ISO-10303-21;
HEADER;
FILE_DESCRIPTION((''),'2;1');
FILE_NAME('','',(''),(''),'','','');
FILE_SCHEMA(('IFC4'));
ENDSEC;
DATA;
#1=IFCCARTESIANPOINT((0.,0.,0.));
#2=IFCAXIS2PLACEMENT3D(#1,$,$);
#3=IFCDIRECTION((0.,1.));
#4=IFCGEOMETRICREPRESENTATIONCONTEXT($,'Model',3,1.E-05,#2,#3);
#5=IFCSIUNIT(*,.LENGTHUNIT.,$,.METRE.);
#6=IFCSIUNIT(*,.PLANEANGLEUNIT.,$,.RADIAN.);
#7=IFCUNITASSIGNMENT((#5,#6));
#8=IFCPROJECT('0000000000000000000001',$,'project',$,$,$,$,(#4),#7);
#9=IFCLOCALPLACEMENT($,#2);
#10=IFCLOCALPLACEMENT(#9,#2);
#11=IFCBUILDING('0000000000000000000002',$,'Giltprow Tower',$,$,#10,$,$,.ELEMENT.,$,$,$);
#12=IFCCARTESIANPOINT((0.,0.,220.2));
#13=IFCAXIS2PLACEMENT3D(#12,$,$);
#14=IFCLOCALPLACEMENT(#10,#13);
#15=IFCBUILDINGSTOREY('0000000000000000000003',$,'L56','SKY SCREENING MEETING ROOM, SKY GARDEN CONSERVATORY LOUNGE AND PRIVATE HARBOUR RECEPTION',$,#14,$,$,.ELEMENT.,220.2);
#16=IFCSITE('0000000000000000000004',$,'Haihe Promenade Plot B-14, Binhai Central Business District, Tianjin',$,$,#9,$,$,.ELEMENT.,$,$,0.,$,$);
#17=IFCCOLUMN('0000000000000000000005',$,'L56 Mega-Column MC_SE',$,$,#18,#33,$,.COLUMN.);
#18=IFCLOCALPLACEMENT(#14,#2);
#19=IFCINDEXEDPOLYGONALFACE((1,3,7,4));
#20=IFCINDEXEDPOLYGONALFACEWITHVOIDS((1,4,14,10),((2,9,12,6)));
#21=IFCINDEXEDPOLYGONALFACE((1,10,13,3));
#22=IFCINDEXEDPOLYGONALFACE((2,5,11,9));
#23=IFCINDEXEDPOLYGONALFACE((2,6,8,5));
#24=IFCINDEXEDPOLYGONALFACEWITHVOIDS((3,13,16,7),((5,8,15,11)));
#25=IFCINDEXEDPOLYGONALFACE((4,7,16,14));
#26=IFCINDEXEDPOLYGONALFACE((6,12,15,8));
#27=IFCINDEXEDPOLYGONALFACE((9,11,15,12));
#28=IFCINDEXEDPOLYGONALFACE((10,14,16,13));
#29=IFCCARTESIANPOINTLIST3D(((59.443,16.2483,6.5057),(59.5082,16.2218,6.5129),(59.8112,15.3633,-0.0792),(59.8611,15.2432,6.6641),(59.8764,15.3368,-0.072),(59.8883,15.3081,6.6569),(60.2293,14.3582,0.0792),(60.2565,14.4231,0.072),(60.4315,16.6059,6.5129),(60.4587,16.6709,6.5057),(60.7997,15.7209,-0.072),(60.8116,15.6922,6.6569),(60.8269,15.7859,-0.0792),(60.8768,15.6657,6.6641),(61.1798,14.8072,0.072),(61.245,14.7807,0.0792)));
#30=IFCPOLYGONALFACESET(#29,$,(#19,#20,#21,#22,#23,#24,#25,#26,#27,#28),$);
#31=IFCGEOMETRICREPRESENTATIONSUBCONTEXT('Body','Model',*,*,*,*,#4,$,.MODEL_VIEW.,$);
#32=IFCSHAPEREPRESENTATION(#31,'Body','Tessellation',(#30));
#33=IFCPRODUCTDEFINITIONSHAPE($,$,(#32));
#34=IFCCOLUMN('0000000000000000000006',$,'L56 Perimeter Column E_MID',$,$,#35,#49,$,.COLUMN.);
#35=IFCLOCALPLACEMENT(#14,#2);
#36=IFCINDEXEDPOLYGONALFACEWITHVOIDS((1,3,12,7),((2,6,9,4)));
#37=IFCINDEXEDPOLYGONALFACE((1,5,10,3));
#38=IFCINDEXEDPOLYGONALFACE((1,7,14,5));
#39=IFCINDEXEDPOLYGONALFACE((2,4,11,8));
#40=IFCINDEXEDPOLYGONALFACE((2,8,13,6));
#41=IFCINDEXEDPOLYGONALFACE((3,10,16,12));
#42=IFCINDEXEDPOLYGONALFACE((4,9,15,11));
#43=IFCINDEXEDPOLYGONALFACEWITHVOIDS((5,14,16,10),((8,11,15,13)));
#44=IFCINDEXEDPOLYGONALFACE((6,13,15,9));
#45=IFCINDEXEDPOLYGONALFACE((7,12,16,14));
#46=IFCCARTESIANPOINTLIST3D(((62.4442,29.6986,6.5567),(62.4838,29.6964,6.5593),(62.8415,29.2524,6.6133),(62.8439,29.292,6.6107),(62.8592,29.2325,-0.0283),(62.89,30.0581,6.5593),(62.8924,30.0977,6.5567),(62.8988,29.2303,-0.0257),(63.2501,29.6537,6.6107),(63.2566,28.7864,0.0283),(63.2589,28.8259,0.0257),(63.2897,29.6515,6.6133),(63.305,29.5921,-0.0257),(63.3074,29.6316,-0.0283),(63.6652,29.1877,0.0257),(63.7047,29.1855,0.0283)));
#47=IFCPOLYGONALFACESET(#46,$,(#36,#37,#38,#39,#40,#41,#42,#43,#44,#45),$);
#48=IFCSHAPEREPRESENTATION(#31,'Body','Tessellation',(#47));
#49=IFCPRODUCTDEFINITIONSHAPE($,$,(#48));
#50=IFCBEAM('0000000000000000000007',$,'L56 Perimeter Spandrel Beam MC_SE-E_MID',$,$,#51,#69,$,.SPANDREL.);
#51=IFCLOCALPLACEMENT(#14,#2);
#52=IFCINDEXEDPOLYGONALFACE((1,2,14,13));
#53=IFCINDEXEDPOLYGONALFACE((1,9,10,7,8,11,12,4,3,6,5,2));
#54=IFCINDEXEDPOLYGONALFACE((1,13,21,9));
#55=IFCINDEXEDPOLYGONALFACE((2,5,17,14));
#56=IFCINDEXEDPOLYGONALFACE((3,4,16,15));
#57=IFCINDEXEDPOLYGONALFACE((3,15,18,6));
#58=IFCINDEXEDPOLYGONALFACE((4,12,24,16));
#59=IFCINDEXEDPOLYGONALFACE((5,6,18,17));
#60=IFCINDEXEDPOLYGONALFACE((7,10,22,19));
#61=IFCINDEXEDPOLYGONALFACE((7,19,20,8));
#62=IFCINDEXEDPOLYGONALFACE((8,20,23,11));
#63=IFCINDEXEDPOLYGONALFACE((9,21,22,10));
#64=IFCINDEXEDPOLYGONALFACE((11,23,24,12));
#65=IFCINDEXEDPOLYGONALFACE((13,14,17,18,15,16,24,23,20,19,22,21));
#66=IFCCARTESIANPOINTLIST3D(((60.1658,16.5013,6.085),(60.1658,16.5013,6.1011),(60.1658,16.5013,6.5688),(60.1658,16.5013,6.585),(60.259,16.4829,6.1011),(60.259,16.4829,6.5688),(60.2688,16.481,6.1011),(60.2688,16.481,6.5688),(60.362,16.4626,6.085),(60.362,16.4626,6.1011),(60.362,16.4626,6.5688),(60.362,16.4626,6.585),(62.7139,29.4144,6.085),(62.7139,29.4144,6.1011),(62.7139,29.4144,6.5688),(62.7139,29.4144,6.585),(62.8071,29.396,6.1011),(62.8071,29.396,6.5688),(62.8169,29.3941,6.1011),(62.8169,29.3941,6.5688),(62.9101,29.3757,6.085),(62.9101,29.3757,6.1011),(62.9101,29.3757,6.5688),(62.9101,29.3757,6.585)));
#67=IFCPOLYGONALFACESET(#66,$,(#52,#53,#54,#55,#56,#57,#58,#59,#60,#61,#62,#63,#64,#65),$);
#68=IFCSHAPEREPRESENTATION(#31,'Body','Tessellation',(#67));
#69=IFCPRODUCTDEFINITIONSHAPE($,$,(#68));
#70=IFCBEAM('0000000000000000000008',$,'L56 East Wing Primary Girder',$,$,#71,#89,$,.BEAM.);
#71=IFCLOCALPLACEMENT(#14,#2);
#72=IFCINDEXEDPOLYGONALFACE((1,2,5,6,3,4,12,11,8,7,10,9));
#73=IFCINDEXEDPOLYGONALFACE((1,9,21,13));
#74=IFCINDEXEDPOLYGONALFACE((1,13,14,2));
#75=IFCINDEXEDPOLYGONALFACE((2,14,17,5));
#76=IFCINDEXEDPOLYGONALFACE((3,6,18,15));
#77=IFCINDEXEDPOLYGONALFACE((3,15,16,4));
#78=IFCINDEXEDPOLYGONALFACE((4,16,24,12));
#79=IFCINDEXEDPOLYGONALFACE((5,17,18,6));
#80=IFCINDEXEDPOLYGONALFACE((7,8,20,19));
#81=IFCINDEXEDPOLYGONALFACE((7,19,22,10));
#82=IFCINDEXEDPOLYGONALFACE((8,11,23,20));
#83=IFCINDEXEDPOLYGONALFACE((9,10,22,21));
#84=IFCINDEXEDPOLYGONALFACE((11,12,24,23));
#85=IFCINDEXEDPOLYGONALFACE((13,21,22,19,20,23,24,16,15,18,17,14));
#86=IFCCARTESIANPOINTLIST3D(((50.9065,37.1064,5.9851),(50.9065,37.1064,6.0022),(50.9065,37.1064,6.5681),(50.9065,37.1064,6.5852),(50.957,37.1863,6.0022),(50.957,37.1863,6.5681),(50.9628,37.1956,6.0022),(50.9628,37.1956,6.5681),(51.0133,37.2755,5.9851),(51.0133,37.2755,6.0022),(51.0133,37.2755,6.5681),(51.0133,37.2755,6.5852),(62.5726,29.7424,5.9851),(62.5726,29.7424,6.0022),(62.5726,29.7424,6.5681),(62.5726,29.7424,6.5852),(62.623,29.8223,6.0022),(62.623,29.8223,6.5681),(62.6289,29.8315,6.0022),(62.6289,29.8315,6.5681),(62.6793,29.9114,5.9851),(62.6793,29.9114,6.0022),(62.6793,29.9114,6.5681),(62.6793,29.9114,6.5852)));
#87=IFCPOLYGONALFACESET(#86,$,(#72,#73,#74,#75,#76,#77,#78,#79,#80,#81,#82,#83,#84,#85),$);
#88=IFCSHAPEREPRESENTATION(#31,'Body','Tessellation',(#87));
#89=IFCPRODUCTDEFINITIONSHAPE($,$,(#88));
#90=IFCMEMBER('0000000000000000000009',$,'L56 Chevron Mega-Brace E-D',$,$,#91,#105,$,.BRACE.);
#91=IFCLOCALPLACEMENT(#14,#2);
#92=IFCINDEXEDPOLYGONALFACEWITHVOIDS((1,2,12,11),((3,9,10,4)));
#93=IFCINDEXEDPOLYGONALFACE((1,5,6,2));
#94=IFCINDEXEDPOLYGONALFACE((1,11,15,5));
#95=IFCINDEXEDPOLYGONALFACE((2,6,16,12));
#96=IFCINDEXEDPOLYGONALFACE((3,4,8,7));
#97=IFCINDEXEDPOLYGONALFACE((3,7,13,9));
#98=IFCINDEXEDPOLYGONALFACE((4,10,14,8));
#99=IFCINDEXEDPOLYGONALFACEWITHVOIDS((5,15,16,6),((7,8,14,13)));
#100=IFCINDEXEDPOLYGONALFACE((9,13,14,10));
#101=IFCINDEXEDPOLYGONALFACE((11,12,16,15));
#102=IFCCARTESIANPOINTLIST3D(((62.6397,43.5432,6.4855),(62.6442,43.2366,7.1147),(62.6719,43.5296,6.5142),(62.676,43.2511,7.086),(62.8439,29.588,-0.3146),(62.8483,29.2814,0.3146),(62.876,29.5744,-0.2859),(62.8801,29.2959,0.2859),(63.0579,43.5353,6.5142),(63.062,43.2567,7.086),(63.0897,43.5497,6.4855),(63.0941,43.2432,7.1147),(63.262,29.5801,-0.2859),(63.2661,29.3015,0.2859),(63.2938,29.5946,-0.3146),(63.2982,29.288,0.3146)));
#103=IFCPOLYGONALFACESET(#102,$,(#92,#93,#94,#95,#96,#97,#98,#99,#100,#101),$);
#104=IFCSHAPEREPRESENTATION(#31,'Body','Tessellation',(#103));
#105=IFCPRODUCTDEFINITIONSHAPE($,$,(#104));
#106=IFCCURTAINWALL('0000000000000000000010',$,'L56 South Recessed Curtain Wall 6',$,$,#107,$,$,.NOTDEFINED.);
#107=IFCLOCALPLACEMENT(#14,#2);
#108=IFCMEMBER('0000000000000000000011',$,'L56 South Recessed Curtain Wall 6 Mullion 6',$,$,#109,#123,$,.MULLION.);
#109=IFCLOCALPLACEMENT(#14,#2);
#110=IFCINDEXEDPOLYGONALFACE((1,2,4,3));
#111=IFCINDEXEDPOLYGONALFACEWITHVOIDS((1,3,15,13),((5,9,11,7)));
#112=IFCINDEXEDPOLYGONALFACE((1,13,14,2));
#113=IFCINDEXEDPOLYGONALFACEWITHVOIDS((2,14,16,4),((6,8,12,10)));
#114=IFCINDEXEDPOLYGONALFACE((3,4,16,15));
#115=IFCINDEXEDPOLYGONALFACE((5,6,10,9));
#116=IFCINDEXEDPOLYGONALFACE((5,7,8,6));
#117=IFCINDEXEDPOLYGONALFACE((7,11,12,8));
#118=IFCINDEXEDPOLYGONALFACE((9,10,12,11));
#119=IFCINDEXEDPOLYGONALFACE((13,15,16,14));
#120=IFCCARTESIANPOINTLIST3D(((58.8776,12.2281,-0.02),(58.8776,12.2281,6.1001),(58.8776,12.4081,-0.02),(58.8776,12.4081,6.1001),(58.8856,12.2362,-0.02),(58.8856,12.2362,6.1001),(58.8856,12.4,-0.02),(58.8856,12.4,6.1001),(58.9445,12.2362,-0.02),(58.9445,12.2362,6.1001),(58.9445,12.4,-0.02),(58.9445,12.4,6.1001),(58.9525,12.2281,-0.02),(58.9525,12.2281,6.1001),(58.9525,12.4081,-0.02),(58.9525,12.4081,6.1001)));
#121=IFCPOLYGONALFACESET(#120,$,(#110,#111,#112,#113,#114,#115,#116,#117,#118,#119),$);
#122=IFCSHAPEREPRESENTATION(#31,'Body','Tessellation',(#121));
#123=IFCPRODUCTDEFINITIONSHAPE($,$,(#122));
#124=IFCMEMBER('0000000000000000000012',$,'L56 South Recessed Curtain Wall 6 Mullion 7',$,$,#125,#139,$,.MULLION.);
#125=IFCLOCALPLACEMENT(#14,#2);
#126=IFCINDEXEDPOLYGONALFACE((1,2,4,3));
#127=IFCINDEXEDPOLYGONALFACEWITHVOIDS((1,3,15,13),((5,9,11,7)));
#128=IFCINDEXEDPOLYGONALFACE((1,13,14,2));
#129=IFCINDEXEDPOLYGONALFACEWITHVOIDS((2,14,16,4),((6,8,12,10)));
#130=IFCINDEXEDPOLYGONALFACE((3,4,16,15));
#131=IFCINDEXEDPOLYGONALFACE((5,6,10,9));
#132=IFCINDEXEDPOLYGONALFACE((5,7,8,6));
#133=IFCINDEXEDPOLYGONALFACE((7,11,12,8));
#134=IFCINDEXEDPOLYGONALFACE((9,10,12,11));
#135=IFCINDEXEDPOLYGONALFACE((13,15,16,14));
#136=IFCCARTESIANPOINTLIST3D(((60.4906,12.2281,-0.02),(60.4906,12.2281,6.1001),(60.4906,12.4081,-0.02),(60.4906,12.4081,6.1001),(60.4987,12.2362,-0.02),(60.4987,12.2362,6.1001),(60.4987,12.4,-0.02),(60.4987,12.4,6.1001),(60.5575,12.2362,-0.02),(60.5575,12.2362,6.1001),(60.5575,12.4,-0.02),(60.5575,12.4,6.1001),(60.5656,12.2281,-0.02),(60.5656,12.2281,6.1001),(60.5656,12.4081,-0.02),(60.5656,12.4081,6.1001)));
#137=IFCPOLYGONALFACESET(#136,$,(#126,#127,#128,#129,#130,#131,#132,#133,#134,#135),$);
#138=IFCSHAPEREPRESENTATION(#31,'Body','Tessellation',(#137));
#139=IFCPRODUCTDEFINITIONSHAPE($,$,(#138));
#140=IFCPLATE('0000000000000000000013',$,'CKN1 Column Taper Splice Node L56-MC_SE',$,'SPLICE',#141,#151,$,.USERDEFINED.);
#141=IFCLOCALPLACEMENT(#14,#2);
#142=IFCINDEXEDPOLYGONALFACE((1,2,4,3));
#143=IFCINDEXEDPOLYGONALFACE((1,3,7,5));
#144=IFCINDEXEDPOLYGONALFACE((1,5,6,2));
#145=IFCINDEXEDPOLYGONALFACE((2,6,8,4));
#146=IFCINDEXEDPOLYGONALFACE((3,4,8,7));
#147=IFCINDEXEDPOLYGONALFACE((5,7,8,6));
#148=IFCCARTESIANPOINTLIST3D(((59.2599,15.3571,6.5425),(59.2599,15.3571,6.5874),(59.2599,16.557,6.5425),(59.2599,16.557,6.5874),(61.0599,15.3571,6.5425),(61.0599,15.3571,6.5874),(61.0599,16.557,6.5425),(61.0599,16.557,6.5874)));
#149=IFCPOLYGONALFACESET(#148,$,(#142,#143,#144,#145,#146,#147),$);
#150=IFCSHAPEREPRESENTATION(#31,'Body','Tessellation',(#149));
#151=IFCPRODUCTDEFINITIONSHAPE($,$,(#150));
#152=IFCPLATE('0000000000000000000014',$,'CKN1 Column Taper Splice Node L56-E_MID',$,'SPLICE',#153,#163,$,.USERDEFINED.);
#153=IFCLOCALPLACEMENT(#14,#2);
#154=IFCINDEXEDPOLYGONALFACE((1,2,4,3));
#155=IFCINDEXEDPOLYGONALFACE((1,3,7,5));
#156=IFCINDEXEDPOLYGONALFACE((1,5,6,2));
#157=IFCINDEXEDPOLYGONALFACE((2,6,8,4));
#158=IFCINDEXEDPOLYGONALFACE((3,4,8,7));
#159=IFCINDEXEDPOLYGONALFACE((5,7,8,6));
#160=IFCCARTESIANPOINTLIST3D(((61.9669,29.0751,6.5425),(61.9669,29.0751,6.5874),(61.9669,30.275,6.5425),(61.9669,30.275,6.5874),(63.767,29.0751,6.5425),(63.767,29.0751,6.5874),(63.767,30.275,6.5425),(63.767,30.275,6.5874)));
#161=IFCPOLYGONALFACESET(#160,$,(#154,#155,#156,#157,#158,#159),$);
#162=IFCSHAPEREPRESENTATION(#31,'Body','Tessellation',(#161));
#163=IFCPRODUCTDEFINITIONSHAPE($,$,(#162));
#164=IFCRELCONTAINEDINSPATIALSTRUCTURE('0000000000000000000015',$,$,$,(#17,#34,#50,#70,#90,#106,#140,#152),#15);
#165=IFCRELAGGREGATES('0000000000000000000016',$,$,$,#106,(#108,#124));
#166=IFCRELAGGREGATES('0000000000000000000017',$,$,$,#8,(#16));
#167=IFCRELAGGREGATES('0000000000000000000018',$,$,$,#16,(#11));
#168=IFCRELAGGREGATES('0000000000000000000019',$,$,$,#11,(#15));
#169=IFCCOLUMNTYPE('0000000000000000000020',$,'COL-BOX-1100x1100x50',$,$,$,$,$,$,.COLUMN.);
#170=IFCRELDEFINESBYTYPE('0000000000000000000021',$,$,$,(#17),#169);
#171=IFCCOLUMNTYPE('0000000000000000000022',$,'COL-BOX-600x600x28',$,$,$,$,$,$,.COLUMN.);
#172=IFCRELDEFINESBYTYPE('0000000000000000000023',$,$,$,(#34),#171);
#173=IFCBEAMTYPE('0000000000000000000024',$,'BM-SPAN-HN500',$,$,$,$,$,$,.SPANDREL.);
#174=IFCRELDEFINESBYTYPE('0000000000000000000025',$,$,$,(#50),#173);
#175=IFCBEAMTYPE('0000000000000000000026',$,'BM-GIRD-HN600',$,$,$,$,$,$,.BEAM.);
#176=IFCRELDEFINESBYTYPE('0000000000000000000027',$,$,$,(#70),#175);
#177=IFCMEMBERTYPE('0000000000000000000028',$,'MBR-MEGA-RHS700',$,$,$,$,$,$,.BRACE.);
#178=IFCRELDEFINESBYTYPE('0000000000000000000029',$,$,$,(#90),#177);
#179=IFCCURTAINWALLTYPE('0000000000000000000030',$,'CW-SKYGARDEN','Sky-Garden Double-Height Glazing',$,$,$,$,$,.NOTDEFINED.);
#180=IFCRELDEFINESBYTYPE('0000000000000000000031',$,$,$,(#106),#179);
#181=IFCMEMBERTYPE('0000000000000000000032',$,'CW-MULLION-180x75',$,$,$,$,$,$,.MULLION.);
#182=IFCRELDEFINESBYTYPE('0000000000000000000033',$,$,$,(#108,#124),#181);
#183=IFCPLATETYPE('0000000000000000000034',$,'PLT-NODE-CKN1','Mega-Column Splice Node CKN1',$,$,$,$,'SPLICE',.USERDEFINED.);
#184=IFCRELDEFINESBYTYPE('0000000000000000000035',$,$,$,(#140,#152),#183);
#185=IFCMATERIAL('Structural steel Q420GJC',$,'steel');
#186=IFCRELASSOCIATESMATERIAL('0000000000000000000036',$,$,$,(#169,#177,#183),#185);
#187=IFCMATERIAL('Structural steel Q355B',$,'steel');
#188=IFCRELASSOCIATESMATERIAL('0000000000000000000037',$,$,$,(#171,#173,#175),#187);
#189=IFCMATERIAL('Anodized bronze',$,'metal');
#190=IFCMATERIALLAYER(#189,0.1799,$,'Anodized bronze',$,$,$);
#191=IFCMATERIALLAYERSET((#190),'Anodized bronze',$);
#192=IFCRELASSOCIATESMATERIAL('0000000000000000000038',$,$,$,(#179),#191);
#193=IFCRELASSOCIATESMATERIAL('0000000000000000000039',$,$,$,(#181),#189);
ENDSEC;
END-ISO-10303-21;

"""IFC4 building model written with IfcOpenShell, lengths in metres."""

from ifc_helpers import new_model, si_unit, direction, frame, origin, origin_2d, place, context, subcontext, project, spatial, rectangle, hollow_rectangle, i_section, extrude, source, transform, mapped, material, layer, layer_set, material_profile, profile_set, type_object, element, aggregate, save


model = new_model("IFC4")

# Units and contexts
model_context = context("Model", 3, precision=1e-05, world=origin(), true_north=direction((0.0, 1.0)))
body_context = subcontext(model_context, "Body", "Model", "MODEL_VIEW")
ifc_project = project(units=[si_unit("LENGTHUNIT", "METRE"), si_unit("PLANEANGLEUNIT", "RADIAN")], contexts=[model_context])

# Site, building, storey
site_placement = place(None, origin())
site = spatial("IfcSite", under=ifc_project, at=site_placement, Name="Haihe Promenade Plot B-14, Binhai Central Business District, Tianjin", CompositionType="ELEMENT", RefElevation=0.0)
building_placement = place(site_placement, origin())
building = spatial("IfcBuilding", under=site, at=building_placement, Name="Giltprow Tower", CompositionType="ELEMENT")
storey_placement = place(building_placement, frame((0.0, 0.0, 220.2)))
storey = spatial("IfcBuildingStorey", under=building, at=storey_placement, Name="L56", Description="SKY SCREENING MEETING ROOM, SKY GARDEN CONSERVATORY LOUNGE AND PRIVATE HARBOUR RECEPTION", CompositionType="ELEMENT", Elevation=220.2)

# Columns
ifc_material_1 = material(Name="Structural steel Q420GJC", Category="steel")
ifc_material_profile_1 = material_profile(ifc_material_1, hollow_rectangle(XDim=1.1001, YDim=1.1001, WallThickness=0.05, at=origin_2d()), Name="BOX 1100x1100x50")
ifc_profile_set_1 = profile_set([ifc_material_profile_1], Name="Structural steel Q420GJC")
column_type_1 = type_object("IfcColumnType", Name="COL-BOX-1100x1100x50", PredefinedType="COLUMN", material=ifc_profile_set_1)
shared_shape_1 = source(origin(), body_context, "Body", "SweptSolid", [
    extrude(hollow_rectangle(XDim=1.1001, YDim=1.1001, WallThickness=0.05, at=origin_2d()), origin(), (0.0, 0.0, 1.0), 6.6543),
])
column_1_placement = place(storey_placement, frame((60.5281, 15.072, 0.0), z_axis=(-0.055327, 0.132997, 0.989571), x_axis=(-0.923295, -0.384091, 0.0)))
element("IfcColumn", 1, at=column_1_placement, inside=storey, type_object=column_type_1, Name="L56 Mega-Column MC_SE", PredefinedType="COLUMN", context=body_context, shape_type="MappedRepresentation", body=[
    mapped(shared_shape_1, transform((0.0, 0.0, 0.0), x_axis=(1.0, 0.0, 0.0), y_axis=(0.0, 1.0, 0.0), z_axis=(0.0, 0.0, 1.0), scale=1.0)),
])
ifc_material_2 = material(Name="Structural steel Q355B", Category="steel")
ifc_material_profile_2 = material_profile(ifc_material_2, hollow_rectangle(XDim=0.6001, YDim=0.6001, WallThickness=0.0281, at=origin_2d()), Name="BOX 600x600x28")
ifc_profile_set_2 = profile_set([ifc_material_profile_2], Name="Structural steel Q355B")
column_type_2 = type_object("IfcColumnType", Name="COL-BOX-600x600x28", PredefinedType="COLUMN", material=ifc_profile_set_2)
shared_shape_2 = source(origin(), body_context, "Body", "SweptSolid", [
    extrude(hollow_rectangle(XDim=0.6001, YDim=0.6001, WallThickness=0.0281, at=origin_2d()), origin(), (0.0, 0.0, 1.0), 6.6145),
])
column_2_placement = place(storey_placement, frame((63.282, 29.209, 0.0), z_axis=(-0.062747, 0.070461, 0.995539), x_axis=(-0.746805, -0.665043, 0.0)))
element("IfcColumn", 2, at=column_2_placement, inside=storey, type_object=column_type_2, Name="L56 Perimeter Column E_MID", PredefinedType="COLUMN", context=body_context, shape_type="MappedRepresentation", body=[
    mapped(shared_shape_2, transform((0.0, 0.0, 0.0), x_axis=(1.0, 0.0, 0.0), y_axis=(0.0, 1.0, 0.0), z_axis=(0.0, 0.0, 1.0), scale=1.0)),
])

# Beams
ifc_material_profile_3 = material_profile(ifc_material_2, i_section(OverallWidth=0.2, OverallDepth=0.5, WebThickness=0.01, FlangeThickness=0.0161, at=origin_2d()), Name="HN 500x200x10x16")
ifc_profile_set_3 = profile_set([ifc_material_profile_3], Name="Structural steel Q355B")
beam_type_1 = type_object("IfcBeamType", Name="BM-SPAN-HN500", PredefinedType="SPANDREL", material=ifc_profile_set_3)
shared_shape_3 = source(origin(), body_context, "Body", "SweptSolid", [
    extrude(i_section(OverallWidth=0.2, OverallDepth=0.5, WebThickness=0.01, FlangeThickness=0.0161, at=origin_2d()), origin(), (0.0, 0.0, 1.0), 13.1621),
])
beam_1_placement = place(storey_placement, frame((60.2639, 16.4819, 6.335), z_axis=(0.193594, 0.981082, 0.0), x_axis=(-0.981082, 0.193594, 0.0)))
element("IfcBeam", 3, at=beam_1_placement, inside=storey, type_object=beam_type_1, Name="L56 Perimeter Spandrel Beam MC_SE-E_MID", PredefinedType="SPANDREL", context=body_context, shape_type="MappedRepresentation", body=[
    mapped(shared_shape_3, transform((0.0, 0.0, 0.0), x_axis=(1.0, 0.0, 0.0), y_axis=(0.0, 1.0, 0.0), z_axis=(0.0, 0.0, 1.0), scale=1.0)),
])
ifc_material_profile_4 = material_profile(ifc_material_2, i_section(OverallWidth=0.2, OverallDepth=0.6001, WebThickness=0.011, FlangeThickness=0.0171, at=origin_2d()), Name="HN 600x200x11x17")
ifc_profile_set_4 = profile_set([ifc_material_profile_4], Name="Structural steel Q355B")
beam_type_2 = type_object("IfcBeamType", Name="BM-GIRD-HN600", PredefinedType="BEAM", material=ifc_profile_set_4)
shared_shape_4 = source(origin(), body_context, "Body", "SweptSolid", [
    extrude(i_section(OverallWidth=0.2, OverallDepth=0.6001, WebThickness=0.011, FlangeThickness=0.0171, at=origin_2d()), origin(), (0.0, 0.0, 1.0), 13.7959),
])
beam_2_placement = place(storey_placement, frame((62.626, 29.8269, 6.2852), z_axis=(-0.84562, 0.533786, 0.0), x_axis=(-0.533786, -0.84562, 0.0)))
element("IfcBeam", 4, at=beam_2_placement, inside=storey, type_object=beam_type_2, Name="L56 East Wing Primary Girder", PredefinedType="BEAM", context=body_context, shape_type="MappedRepresentation", body=[
    mapped(shared_shape_4, transform((0.0, 0.0, 0.0), x_axis=(1.0, 0.0, 0.0), y_axis=(0.0, 1.0, 0.0), z_axis=(0.0, 0.0, 1.0), scale=1.0)),
])

# Member
ifc_material_profile_5 = material_profile(ifc_material_1, hollow_rectangle(XDim=0.45, YDim=0.7, WallThickness=0.032, at=origin_2d()), Name="RHS 700x450x32")
ifc_profile_set_5 = profile_set([ifc_material_profile_5], Name="Structural steel Q420GJC")
member_type_1 = type_object("IfcMemberType", Name="MBR-MEGA-RHS700", PredefinedType="BRACE", material=ifc_profile_set_5)
shared_shape_5 = source(origin(), body_context, "Body", "SweptSolid", [
    extrude(hollow_rectangle(XDim=0.45, YDim=0.7, WallThickness=0.032, at=origin_2d()), origin(), (0.0, 0.0, 1.0), 15.5251),
])
member_1_placement = place(storey_placement, frame((63.071, 29.438, 0.0), z_axis=(-0.013147, 0.898876, 0.438006), x_axis=(-0.999893, -0.014624, 0.0)))
element("IfcMember", 5, at=member_1_placement, inside=storey, type_object=member_type_1, Name="L56 Chevron Mega-Brace E-D", PredefinedType="BRACE", context=body_context, shape_type="MappedRepresentation", body=[
    mapped(shared_shape_5, transform((0.0, 0.0, 0.0), x_axis=(1.0, 0.0, 0.0), y_axis=(0.0, 1.0, 0.0), z_axis=(0.0, 0.0, 1.0), scale=1.0)),
])

# Curtain wall, members
ifc_material_3 = material(Name="Anodized bronze", Category="metal")
ifc_layer_1 = layer(ifc_material_3, 0.1799, Name="Anodized bronze")
ifc_layer_set_1 = layer_set([ifc_layer_1], Name="Anodized bronze")
curtain_wall_type = type_object("IfcCurtainWallType", Name="CW-SKYGARDEN", Description="Sky-Garden Double-Height Glazing", PredefinedType="NOTDEFINED", material=ifc_layer_set_1)
curtain_wall_placement = place(storey_placement, origin())
curtain_wall = element("IfcCurtainWall", 6, at=curtain_wall_placement, inside=storey, type_object=curtain_wall_type, Name="L56 South Recessed Curtain Wall 6", PredefinedType="NOTDEFINED")
ifc_material_profile_6 = material_profile(ifc_material_3, hollow_rectangle(XDim=0.075, YDim=0.1799, WallThickness=0.0081, at=origin_2d()), Name="RHS 180x75x8")
ifc_profile_set_6 = profile_set([ifc_material_profile_6], Name="Anodized bronze")
member_type_2 = type_object("IfcMemberType", Name="CW-MULLION-180x75", PredefinedType="MULLION", material=ifc_profile_set_6)
shared_shape_6 = source(origin(), body_context, "Body", "SweptSolid", [
    extrude(hollow_rectangle(XDim=0.075, YDim=0.1799, WallThickness=0.0081, at=origin_2d()), origin(), (0.0, 0.0, 1.0), 6.1201),
])
member_2_placement = place(storey_placement, frame((58.915, 12.3181, -0.02), z_axis=(0.0, 0.0, 1.0), x_axis=(1.0, 0.0, 0.0)))
member_2 = element("IfcMember", 7, at=member_2_placement, type_object=member_type_2, Name="L56 South Recessed Curtain Wall 6 Mullion 6", PredefinedType="MULLION", context=body_context, shape_type="MappedRepresentation", body=[
    mapped(shared_shape_6, transform((0.0, 0.0, 0.0), x_axis=(1.0, 0.0, 0.0), y_axis=(0.0, 1.0, 0.0), z_axis=(0.0, 0.0, 1.0), scale=1.0)),
])
member_3_placement = place(storey_placement, frame((60.5281, 12.3181, -0.02), z_axis=(0.0, 0.0, 1.0), x_axis=(1.0, 0.0, 0.0)))
member_3 = element("IfcMember", 8, at=member_3_placement, type_object=member_type_2, Name="L56 South Recessed Curtain Wall 6 Mullion 7", PredefinedType="MULLION", context=body_context, shape_type="MappedRepresentation", body=[
    mapped(shared_shape_6, transform((0.0, 0.0, 0.0), x_axis=(1.0, 0.0, 0.0), y_axis=(0.0, 1.0, 0.0), z_axis=(0.0, 0.0, 1.0), scale=1.0)),
])

# Plates
plate_type_1 = type_object("IfcPlateType", Name="PLT-NODE-CKN1", Description="Mega-Column Splice Node CKN1", ElementType="SPLICE", PredefinedType="USERDEFINED", material=ifc_material_1)
shared_shape_7 = source(origin(), body_context, "Body", "SweptSolid", [
    extrude(rectangle(XDim=1.8, YDim=1.2, at=origin_2d()), origin(), (0.0, 0.0, 1.0), 0.0449),
])
for number, where, z_axis, x_axis, name in (
    (9, (60.1599, 15.957, 6.5425), (0.0, 0.0, 1.0), (1.0, 0.0, 0.0), "CKN1 Column Taper Splice Node L56-MC_SE"),
    (10, (62.8669, 29.675, 6.5425), (0.0, 0.0, 1.0), (1.0, 0.0, 0.0), "CKN1 Column Taper Splice Node L56-E_MID"),
):
    element("IfcPlate", number, at=place(storey_placement, frame(where, z_axis=z_axis, x_axis=x_axis)), inside=storey, type_object=plate_type_1, Name=name, ObjectType="SPLICE", PredefinedType="USERDEFINED", context=body_context, shape_type="MappedRepresentation", body=[
        mapped(shared_shape_7, transform((0.0, 0.0, 0.0), x_axis=(1.0, 0.0, 0.0), y_axis=(0.0, 1.0, 0.0), z_axis=(0.0, 0.0, 1.0), scale=1.0)),
    ])

aggregate(curtain_wall, [member_2, member_3])

save(model, "model.ifc")
